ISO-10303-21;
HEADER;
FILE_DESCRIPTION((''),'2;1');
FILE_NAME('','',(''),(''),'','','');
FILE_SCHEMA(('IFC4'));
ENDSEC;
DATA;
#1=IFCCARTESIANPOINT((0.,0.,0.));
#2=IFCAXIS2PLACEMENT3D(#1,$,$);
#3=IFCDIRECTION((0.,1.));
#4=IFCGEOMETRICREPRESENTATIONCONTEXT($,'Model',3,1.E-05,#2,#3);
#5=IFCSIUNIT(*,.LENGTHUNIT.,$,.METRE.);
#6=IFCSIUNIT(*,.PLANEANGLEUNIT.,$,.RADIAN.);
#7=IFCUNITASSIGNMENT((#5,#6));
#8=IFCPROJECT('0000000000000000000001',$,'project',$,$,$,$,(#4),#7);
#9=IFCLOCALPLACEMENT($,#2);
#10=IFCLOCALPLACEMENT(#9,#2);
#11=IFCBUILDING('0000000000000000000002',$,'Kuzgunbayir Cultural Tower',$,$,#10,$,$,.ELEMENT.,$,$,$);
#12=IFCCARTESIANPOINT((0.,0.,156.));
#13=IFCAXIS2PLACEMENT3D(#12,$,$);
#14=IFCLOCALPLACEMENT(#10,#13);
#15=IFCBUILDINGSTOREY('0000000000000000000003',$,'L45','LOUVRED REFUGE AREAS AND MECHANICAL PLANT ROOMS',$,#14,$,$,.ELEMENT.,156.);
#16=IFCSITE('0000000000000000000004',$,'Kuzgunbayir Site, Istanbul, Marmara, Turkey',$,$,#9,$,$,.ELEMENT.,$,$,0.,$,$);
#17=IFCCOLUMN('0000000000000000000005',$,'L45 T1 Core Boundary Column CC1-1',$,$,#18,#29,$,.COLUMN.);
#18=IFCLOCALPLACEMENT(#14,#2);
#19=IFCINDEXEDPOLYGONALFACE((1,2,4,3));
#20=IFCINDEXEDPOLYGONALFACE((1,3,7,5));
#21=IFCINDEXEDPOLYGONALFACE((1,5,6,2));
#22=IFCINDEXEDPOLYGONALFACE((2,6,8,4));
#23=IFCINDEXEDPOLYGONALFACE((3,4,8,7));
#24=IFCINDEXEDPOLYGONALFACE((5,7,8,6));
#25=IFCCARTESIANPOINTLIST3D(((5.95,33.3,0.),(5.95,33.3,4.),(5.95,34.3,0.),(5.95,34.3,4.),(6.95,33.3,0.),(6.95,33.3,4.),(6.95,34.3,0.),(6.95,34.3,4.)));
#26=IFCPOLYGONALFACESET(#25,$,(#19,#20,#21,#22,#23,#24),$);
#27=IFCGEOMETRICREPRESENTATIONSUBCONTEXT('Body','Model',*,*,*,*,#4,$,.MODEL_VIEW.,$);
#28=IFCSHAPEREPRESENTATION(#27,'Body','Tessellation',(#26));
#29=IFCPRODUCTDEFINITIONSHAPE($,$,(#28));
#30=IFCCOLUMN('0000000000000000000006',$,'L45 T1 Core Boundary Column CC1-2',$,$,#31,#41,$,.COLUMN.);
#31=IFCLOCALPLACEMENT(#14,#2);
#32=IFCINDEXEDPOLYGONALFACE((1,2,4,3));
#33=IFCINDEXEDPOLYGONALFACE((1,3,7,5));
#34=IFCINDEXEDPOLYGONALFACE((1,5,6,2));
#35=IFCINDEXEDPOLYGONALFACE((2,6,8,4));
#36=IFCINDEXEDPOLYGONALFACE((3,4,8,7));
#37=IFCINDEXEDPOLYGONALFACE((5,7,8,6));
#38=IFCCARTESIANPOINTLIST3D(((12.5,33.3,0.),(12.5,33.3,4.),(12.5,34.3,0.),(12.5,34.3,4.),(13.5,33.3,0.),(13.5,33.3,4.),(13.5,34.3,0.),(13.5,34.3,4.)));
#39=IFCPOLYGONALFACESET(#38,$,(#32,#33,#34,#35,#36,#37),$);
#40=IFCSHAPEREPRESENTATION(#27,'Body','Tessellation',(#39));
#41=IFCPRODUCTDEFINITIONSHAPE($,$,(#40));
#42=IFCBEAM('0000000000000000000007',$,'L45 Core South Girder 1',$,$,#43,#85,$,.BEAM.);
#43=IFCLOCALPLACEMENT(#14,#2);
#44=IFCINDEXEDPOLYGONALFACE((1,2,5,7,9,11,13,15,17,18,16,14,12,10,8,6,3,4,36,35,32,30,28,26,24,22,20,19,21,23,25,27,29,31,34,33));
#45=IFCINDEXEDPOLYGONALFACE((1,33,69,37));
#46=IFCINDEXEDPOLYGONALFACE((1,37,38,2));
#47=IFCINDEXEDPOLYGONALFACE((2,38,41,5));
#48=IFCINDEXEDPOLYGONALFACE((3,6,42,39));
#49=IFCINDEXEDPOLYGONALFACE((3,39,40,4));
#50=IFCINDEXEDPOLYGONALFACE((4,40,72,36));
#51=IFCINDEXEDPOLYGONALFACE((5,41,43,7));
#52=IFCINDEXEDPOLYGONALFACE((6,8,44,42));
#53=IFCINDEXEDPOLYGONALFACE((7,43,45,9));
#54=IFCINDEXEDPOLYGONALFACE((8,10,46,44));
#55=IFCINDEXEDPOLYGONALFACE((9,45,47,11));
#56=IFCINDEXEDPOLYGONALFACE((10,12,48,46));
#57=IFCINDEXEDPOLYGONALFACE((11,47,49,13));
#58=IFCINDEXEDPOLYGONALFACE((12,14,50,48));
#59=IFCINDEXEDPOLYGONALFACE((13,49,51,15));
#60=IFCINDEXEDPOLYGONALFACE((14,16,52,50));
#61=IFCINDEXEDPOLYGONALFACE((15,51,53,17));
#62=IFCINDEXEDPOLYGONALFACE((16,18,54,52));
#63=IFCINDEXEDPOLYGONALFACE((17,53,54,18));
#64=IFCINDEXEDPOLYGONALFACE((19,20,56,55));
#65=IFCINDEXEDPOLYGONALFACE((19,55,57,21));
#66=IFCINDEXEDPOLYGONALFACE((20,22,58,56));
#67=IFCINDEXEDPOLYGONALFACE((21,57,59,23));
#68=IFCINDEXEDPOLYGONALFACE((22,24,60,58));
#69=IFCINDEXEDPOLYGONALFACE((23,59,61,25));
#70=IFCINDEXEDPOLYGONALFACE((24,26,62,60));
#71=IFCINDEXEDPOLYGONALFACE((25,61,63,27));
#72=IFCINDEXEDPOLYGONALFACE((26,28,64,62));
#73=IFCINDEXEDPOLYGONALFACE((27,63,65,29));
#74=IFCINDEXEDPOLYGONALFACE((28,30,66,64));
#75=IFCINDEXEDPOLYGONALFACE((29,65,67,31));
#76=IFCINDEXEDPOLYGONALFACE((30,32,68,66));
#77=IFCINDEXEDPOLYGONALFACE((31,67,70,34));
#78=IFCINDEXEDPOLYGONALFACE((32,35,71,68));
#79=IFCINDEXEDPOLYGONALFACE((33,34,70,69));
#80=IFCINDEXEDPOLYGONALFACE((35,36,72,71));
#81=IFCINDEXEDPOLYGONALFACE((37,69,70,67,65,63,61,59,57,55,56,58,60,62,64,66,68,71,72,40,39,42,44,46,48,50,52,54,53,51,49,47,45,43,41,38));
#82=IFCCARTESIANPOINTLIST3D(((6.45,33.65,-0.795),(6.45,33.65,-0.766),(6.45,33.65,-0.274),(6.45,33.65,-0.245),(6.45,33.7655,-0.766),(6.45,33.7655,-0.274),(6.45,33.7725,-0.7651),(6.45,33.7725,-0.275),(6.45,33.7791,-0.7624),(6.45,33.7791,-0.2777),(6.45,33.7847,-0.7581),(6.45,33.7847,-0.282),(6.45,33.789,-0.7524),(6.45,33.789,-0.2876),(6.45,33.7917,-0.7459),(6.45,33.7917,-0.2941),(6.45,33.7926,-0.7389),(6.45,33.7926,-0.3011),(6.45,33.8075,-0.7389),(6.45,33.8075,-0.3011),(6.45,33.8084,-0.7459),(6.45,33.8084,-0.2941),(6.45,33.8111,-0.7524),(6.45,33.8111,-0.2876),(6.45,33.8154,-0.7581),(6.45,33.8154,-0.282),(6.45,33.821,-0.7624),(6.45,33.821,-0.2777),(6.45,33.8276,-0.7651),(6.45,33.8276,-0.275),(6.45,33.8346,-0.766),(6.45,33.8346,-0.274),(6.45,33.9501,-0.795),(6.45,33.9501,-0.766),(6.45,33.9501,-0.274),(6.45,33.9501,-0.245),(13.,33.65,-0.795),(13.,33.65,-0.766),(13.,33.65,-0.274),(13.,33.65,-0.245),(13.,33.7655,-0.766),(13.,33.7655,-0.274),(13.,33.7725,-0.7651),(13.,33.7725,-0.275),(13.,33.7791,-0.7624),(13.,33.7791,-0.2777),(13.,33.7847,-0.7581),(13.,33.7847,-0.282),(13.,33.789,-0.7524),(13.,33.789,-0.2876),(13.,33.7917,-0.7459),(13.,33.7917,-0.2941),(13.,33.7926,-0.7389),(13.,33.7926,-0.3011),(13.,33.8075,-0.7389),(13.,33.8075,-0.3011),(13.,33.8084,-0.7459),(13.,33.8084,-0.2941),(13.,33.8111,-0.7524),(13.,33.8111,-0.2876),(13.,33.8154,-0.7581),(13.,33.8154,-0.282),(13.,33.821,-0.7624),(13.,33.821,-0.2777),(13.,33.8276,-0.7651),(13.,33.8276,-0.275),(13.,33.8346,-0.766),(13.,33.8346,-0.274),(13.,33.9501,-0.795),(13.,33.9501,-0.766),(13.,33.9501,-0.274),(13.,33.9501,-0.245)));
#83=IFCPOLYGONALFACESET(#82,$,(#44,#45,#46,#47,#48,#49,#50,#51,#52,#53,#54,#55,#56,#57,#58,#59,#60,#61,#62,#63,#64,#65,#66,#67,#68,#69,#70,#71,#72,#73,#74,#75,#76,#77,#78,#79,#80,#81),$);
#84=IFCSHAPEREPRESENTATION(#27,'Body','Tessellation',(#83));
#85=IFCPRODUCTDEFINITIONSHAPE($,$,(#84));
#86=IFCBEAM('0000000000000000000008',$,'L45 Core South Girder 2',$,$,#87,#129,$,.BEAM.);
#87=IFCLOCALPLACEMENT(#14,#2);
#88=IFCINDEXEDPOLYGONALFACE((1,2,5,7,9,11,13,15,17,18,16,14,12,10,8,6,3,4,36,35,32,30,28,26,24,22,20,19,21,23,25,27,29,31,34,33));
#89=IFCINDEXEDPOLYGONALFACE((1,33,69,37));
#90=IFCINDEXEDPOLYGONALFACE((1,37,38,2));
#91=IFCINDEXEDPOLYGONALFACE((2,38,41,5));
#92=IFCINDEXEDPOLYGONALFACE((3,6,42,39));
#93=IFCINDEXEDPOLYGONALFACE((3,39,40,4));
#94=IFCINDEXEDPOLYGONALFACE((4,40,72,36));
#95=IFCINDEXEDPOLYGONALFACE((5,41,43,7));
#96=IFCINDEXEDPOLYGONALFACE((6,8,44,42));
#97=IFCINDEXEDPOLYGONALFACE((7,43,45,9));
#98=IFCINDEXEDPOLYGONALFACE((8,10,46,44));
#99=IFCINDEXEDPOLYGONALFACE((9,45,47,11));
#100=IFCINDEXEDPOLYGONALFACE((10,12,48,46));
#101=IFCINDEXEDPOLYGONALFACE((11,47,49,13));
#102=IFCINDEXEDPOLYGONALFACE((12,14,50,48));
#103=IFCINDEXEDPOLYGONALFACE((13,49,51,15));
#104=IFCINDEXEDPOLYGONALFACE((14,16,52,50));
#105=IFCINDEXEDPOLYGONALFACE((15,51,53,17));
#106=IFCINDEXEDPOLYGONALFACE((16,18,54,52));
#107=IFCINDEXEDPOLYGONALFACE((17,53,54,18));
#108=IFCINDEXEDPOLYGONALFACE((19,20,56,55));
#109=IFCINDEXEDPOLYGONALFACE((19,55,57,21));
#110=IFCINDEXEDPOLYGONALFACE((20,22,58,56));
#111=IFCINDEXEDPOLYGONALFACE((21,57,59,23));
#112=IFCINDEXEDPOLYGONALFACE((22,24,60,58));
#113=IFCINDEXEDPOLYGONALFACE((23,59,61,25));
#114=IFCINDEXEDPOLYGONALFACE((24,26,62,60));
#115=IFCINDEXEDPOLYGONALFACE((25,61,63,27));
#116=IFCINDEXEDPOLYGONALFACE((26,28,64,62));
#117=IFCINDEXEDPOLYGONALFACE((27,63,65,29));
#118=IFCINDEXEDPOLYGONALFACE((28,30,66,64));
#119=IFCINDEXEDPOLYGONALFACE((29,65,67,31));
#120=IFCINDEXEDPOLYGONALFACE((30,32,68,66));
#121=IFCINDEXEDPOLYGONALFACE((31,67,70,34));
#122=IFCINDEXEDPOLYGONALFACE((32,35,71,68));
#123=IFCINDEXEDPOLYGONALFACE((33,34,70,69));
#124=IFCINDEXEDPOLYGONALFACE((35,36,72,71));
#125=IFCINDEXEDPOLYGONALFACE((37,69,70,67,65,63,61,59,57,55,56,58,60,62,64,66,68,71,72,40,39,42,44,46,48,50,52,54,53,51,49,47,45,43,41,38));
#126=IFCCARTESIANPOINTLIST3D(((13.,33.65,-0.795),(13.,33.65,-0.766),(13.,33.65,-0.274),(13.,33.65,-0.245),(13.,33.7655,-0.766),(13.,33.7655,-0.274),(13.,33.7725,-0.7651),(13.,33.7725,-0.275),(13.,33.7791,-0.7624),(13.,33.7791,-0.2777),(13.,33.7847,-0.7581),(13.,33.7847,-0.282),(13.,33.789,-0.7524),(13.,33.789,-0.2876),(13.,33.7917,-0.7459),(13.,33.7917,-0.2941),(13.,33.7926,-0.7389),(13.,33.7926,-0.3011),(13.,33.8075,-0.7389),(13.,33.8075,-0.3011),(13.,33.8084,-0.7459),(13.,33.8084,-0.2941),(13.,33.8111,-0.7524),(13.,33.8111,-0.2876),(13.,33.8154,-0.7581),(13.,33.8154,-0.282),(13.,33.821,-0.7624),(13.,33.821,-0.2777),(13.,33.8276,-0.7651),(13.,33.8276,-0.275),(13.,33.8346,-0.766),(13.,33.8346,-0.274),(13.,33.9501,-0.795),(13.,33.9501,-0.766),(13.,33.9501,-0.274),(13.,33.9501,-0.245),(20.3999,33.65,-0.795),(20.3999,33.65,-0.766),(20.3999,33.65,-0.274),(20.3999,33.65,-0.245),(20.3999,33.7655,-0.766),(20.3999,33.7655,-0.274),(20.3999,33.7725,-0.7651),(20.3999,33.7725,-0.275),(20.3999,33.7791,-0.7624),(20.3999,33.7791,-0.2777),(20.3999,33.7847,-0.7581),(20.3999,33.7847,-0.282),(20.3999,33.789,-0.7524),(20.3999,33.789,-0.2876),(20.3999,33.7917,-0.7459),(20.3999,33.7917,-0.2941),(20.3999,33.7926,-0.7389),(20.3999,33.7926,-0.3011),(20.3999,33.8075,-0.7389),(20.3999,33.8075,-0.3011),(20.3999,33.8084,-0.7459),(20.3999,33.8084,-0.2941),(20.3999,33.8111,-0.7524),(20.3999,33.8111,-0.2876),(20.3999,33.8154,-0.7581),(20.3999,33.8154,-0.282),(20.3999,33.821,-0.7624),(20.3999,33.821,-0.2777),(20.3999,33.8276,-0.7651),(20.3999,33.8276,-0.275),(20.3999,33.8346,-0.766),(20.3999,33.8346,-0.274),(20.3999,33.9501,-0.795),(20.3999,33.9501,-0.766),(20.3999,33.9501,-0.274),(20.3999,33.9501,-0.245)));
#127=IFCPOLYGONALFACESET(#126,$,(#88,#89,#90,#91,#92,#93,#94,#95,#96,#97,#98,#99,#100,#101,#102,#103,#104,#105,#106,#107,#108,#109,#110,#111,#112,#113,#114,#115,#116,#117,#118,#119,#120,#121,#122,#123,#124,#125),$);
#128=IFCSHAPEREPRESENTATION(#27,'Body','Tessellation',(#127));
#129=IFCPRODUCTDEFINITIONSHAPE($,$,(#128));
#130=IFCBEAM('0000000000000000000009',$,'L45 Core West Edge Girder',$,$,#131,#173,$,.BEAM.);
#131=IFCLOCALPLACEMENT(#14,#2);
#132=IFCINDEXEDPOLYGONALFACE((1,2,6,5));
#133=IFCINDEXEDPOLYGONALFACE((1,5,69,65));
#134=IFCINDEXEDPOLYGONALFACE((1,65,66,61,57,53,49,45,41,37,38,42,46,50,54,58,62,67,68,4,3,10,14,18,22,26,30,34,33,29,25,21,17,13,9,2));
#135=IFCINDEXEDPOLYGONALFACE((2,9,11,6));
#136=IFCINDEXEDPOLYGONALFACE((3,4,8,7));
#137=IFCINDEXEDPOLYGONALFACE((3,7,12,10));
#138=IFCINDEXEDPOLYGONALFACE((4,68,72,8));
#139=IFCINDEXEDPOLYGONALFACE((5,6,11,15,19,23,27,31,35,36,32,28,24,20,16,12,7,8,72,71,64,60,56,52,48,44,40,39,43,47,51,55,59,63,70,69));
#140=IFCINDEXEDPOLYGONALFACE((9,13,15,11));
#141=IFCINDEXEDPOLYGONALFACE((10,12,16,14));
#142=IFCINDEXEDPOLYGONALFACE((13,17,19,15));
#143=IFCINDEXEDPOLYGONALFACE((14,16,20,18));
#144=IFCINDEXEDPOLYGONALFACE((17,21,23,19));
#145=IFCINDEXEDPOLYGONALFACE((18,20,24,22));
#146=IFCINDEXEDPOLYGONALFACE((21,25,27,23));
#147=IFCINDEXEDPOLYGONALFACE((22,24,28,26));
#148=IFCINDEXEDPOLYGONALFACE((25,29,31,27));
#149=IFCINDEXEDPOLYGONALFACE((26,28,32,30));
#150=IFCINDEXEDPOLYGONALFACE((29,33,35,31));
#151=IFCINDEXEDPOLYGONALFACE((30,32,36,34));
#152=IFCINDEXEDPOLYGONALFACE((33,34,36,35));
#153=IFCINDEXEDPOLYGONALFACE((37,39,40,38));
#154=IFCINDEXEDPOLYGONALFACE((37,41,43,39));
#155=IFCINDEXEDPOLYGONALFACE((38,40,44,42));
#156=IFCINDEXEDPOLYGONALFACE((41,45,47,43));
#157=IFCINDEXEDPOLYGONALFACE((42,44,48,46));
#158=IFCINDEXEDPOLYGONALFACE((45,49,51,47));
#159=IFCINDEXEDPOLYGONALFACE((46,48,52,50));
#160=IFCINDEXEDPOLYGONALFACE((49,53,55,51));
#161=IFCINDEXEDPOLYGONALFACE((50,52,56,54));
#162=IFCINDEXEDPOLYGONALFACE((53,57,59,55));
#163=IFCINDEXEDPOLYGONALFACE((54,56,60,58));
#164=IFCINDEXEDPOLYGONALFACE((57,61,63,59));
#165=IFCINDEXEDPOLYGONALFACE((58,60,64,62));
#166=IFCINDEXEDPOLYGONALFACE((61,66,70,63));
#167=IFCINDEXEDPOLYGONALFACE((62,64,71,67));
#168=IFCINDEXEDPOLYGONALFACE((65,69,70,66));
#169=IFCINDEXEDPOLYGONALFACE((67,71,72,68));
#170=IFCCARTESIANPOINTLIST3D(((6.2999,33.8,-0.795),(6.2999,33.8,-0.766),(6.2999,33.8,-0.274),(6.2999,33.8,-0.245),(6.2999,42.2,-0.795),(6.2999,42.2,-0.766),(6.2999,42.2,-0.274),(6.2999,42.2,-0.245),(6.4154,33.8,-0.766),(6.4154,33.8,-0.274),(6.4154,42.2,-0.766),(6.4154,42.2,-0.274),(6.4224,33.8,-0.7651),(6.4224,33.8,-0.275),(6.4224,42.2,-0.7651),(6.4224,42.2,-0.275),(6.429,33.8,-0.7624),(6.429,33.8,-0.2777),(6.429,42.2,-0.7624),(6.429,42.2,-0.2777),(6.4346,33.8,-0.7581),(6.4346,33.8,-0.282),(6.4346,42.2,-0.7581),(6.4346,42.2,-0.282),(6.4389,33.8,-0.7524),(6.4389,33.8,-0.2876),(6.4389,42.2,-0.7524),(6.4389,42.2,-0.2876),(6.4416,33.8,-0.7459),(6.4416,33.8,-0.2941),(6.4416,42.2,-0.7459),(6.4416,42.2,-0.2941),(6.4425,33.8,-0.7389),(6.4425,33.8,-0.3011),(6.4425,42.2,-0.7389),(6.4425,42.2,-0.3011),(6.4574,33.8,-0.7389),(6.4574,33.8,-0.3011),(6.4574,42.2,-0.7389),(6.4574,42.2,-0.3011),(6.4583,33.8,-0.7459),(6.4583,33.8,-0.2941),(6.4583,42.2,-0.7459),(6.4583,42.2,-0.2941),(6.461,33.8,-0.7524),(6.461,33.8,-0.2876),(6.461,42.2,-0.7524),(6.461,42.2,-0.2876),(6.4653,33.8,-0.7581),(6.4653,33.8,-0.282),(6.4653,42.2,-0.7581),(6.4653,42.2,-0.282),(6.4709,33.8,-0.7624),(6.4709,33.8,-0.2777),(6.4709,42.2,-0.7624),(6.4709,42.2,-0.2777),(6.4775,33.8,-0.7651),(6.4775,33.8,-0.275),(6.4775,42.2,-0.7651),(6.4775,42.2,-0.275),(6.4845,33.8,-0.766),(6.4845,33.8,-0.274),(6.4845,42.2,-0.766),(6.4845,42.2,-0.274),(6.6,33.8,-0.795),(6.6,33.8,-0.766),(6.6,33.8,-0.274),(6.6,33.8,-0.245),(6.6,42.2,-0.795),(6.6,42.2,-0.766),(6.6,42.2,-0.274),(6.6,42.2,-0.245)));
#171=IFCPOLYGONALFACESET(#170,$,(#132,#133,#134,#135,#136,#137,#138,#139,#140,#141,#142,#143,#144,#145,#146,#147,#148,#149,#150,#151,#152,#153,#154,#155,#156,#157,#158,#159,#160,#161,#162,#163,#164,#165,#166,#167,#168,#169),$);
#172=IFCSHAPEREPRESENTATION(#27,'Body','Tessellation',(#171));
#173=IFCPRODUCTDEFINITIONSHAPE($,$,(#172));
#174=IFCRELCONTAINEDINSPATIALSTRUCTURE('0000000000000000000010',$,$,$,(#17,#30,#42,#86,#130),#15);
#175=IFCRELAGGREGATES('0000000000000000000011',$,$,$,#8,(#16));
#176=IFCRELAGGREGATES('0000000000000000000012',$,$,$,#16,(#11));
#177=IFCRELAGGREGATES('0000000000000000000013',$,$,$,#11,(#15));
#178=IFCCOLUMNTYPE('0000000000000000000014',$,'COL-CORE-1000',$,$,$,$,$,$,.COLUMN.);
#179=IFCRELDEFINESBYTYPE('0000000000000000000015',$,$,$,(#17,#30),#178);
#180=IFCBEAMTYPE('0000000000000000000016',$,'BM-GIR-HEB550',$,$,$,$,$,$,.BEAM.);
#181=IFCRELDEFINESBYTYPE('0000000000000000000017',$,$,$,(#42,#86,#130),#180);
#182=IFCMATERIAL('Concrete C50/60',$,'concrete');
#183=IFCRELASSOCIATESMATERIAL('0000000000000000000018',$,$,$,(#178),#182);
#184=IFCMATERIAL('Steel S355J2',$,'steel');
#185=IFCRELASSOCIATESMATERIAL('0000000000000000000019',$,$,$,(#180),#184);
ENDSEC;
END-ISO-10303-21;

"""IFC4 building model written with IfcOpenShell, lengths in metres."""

from ifc_helpers import new_model, si_unit, direction, frame, origin, origin_2d, place, context, subcontext, project, spatial, rectangle, i_section, extrude, material, material_profile, profile_set, type_object, element, save


model = new_model("IFC4")

# Units and contexts
model_context = context("Model", 3, precision=1e-05, world=origin(), true_north=direction((0.0, 1.0)))
body_context = subcontext(model_context, "Body", "Model", "MODEL_VIEW")
ifc_project = project(units=[si_unit("LENGTHUNIT", "METRE"), si_unit("PLANEANGLEUNIT", "RADIAN")], contexts=[model_context])

# Site, building, storey
site_placement = place(None, origin())
site = spatial("IfcSite", under=ifc_project, at=site_placement, Name="Kuzgunbayir Site, Istanbul, Marmara, Turkey", CompositionType="ELEMENT", RefElevation=0.0)
building_placement = place(site_placement, origin())
building = spatial("IfcBuilding", under=site, at=building_placement, Name="Kuzgunbayir Cultural Tower", CompositionType="ELEMENT")
storey_placement = place(building_placement, frame((0.0, 0.0, 156.0)))
storey = spatial("IfcBuildingStorey", under=building, at=storey_placement, Name="L45", Description="LOUVRED REFUGE AREAS AND MECHANICAL PLANT ROOMS", CompositionType="ELEMENT", Elevation=156.0)

# Columns
ifc_material_1 = material(Name="Concrete C50/60", Category="concrete")
ifc_material_profile_1 = material_profile(ifc_material_1, rectangle(XDim=1.0, YDim=1.0, at=origin_2d()), Name="RC 1000x1000")
ifc_profile_set_1 = profile_set([ifc_material_profile_1], Name="Concrete C50/60")
column_type = type_object("IfcColumnType", Name="COL-CORE-1000", PredefinedType="COLUMN", material=ifc_profile_set_1)
for number, where, z_axis, x_axis, name in (
    (1, (6.45, 33.8, 0.0), (0.0, 0.0, 1.0), (1.0, 0.0, 0.0), "L45 T1 Core Boundary Column CC1-1"),
    (2, (13.0, 33.8, 0.0), (0.0, 0.0, 1.0), (1.0, 0.0, 0.0), "L45 T1 Core Boundary Column CC1-2"),
):
    element("IfcColumn", number, at=place(storey_placement, frame(where, z_axis=z_axis, x_axis=x_axis)), inside=storey, type_object=column_type, Name=name, PredefinedType="COLUMN", context=body_context, shape_type="SweptSolid", body=[
        extrude(rectangle(XDim=1.0, YDim=1.0, at=origin_2d()), origin(), (0.0, 0.0, 1.0), 4.0),
    ])

# Beams
ifc_material_2 = material(Name="Steel S355J2", Category="steel")
ifc_material_profile_2 = material_profile(ifc_material_2, i_section(OverallWidth=0.3, OverallDepth=0.55, WebThickness=0.0149, FlangeThickness=0.0291, FilletRadius=0.0271, at=origin_2d()), Name="HEB 550")
ifc_profile_set_2 = profile_set([ifc_material_profile_2], Name="Steel S355J2")
beam_type = type_object("IfcBeamType", Name="BM-GIR-HEB550", PredefinedType="BEAM", material=ifc_profile_set_2)
beam_1_placement = place(storey_placement, frame((6.45, 33.8, -0.52), z_axis=(1.0, 0.0, 0.0), x_axis=(0.0, 1.0, 0.0)))
element("IfcBeam", 3, at=beam_1_placement, inside=storey, type_object=beam_type, Name="L45 Core South Girder 1", PredefinedType="BEAM", context=body_context, shape_type="SweptSolid", body=[
    extrude(i_section(OverallWidth=0.3, OverallDepth=0.55, WebThickness=0.0149, FlangeThickness=0.0291, FilletRadius=0.0271, at=origin_2d()), origin(), (0.0, 0.0, 1.0), 6.55),
])
beam_2_placement = place(storey_placement, frame((13.0, 33.8, -0.52), z_axis=(1.0, 0.0, 0.0), x_axis=(0.0, 1.0, 0.0)))
element("IfcBeam", 4, at=beam_2_placement, inside=storey, type_object=beam_type, Name="L45 Core South Girder 2", PredefinedType="BEAM", context=body_context, shape_type="SweptSolid", body=[
    extrude(i_section(OverallWidth=0.3, OverallDepth=0.55, WebThickness=0.0149, FlangeThickness=0.0291, FilletRadius=0.0271, at=origin_2d()), origin(), (0.0, 0.0, 1.0), 7.3999),
])
beam_3_placement = place(storey_placement, frame((6.45, 33.8, -0.52), z_axis=(0.0, 1.0, 0.0), x_axis=(-1.0, 0.0, 0.0)))
element("IfcBeam", 5, at=beam_3_placement, inside=storey, type_object=beam_type, Name="L45 Core West Edge Girder", PredefinedType="BEAM", context=body_context, shape_type="SweptSolid", body=[
    extrude(i_section(OverallWidth=0.3, OverallDepth=0.55, WebThickness=0.0149, FlangeThickness=0.0291, FilletRadius=0.0271, at=origin_2d()), origin(), (0.0, 0.0, 1.0), 8.3999),
])

save(model, "model.ifc")
